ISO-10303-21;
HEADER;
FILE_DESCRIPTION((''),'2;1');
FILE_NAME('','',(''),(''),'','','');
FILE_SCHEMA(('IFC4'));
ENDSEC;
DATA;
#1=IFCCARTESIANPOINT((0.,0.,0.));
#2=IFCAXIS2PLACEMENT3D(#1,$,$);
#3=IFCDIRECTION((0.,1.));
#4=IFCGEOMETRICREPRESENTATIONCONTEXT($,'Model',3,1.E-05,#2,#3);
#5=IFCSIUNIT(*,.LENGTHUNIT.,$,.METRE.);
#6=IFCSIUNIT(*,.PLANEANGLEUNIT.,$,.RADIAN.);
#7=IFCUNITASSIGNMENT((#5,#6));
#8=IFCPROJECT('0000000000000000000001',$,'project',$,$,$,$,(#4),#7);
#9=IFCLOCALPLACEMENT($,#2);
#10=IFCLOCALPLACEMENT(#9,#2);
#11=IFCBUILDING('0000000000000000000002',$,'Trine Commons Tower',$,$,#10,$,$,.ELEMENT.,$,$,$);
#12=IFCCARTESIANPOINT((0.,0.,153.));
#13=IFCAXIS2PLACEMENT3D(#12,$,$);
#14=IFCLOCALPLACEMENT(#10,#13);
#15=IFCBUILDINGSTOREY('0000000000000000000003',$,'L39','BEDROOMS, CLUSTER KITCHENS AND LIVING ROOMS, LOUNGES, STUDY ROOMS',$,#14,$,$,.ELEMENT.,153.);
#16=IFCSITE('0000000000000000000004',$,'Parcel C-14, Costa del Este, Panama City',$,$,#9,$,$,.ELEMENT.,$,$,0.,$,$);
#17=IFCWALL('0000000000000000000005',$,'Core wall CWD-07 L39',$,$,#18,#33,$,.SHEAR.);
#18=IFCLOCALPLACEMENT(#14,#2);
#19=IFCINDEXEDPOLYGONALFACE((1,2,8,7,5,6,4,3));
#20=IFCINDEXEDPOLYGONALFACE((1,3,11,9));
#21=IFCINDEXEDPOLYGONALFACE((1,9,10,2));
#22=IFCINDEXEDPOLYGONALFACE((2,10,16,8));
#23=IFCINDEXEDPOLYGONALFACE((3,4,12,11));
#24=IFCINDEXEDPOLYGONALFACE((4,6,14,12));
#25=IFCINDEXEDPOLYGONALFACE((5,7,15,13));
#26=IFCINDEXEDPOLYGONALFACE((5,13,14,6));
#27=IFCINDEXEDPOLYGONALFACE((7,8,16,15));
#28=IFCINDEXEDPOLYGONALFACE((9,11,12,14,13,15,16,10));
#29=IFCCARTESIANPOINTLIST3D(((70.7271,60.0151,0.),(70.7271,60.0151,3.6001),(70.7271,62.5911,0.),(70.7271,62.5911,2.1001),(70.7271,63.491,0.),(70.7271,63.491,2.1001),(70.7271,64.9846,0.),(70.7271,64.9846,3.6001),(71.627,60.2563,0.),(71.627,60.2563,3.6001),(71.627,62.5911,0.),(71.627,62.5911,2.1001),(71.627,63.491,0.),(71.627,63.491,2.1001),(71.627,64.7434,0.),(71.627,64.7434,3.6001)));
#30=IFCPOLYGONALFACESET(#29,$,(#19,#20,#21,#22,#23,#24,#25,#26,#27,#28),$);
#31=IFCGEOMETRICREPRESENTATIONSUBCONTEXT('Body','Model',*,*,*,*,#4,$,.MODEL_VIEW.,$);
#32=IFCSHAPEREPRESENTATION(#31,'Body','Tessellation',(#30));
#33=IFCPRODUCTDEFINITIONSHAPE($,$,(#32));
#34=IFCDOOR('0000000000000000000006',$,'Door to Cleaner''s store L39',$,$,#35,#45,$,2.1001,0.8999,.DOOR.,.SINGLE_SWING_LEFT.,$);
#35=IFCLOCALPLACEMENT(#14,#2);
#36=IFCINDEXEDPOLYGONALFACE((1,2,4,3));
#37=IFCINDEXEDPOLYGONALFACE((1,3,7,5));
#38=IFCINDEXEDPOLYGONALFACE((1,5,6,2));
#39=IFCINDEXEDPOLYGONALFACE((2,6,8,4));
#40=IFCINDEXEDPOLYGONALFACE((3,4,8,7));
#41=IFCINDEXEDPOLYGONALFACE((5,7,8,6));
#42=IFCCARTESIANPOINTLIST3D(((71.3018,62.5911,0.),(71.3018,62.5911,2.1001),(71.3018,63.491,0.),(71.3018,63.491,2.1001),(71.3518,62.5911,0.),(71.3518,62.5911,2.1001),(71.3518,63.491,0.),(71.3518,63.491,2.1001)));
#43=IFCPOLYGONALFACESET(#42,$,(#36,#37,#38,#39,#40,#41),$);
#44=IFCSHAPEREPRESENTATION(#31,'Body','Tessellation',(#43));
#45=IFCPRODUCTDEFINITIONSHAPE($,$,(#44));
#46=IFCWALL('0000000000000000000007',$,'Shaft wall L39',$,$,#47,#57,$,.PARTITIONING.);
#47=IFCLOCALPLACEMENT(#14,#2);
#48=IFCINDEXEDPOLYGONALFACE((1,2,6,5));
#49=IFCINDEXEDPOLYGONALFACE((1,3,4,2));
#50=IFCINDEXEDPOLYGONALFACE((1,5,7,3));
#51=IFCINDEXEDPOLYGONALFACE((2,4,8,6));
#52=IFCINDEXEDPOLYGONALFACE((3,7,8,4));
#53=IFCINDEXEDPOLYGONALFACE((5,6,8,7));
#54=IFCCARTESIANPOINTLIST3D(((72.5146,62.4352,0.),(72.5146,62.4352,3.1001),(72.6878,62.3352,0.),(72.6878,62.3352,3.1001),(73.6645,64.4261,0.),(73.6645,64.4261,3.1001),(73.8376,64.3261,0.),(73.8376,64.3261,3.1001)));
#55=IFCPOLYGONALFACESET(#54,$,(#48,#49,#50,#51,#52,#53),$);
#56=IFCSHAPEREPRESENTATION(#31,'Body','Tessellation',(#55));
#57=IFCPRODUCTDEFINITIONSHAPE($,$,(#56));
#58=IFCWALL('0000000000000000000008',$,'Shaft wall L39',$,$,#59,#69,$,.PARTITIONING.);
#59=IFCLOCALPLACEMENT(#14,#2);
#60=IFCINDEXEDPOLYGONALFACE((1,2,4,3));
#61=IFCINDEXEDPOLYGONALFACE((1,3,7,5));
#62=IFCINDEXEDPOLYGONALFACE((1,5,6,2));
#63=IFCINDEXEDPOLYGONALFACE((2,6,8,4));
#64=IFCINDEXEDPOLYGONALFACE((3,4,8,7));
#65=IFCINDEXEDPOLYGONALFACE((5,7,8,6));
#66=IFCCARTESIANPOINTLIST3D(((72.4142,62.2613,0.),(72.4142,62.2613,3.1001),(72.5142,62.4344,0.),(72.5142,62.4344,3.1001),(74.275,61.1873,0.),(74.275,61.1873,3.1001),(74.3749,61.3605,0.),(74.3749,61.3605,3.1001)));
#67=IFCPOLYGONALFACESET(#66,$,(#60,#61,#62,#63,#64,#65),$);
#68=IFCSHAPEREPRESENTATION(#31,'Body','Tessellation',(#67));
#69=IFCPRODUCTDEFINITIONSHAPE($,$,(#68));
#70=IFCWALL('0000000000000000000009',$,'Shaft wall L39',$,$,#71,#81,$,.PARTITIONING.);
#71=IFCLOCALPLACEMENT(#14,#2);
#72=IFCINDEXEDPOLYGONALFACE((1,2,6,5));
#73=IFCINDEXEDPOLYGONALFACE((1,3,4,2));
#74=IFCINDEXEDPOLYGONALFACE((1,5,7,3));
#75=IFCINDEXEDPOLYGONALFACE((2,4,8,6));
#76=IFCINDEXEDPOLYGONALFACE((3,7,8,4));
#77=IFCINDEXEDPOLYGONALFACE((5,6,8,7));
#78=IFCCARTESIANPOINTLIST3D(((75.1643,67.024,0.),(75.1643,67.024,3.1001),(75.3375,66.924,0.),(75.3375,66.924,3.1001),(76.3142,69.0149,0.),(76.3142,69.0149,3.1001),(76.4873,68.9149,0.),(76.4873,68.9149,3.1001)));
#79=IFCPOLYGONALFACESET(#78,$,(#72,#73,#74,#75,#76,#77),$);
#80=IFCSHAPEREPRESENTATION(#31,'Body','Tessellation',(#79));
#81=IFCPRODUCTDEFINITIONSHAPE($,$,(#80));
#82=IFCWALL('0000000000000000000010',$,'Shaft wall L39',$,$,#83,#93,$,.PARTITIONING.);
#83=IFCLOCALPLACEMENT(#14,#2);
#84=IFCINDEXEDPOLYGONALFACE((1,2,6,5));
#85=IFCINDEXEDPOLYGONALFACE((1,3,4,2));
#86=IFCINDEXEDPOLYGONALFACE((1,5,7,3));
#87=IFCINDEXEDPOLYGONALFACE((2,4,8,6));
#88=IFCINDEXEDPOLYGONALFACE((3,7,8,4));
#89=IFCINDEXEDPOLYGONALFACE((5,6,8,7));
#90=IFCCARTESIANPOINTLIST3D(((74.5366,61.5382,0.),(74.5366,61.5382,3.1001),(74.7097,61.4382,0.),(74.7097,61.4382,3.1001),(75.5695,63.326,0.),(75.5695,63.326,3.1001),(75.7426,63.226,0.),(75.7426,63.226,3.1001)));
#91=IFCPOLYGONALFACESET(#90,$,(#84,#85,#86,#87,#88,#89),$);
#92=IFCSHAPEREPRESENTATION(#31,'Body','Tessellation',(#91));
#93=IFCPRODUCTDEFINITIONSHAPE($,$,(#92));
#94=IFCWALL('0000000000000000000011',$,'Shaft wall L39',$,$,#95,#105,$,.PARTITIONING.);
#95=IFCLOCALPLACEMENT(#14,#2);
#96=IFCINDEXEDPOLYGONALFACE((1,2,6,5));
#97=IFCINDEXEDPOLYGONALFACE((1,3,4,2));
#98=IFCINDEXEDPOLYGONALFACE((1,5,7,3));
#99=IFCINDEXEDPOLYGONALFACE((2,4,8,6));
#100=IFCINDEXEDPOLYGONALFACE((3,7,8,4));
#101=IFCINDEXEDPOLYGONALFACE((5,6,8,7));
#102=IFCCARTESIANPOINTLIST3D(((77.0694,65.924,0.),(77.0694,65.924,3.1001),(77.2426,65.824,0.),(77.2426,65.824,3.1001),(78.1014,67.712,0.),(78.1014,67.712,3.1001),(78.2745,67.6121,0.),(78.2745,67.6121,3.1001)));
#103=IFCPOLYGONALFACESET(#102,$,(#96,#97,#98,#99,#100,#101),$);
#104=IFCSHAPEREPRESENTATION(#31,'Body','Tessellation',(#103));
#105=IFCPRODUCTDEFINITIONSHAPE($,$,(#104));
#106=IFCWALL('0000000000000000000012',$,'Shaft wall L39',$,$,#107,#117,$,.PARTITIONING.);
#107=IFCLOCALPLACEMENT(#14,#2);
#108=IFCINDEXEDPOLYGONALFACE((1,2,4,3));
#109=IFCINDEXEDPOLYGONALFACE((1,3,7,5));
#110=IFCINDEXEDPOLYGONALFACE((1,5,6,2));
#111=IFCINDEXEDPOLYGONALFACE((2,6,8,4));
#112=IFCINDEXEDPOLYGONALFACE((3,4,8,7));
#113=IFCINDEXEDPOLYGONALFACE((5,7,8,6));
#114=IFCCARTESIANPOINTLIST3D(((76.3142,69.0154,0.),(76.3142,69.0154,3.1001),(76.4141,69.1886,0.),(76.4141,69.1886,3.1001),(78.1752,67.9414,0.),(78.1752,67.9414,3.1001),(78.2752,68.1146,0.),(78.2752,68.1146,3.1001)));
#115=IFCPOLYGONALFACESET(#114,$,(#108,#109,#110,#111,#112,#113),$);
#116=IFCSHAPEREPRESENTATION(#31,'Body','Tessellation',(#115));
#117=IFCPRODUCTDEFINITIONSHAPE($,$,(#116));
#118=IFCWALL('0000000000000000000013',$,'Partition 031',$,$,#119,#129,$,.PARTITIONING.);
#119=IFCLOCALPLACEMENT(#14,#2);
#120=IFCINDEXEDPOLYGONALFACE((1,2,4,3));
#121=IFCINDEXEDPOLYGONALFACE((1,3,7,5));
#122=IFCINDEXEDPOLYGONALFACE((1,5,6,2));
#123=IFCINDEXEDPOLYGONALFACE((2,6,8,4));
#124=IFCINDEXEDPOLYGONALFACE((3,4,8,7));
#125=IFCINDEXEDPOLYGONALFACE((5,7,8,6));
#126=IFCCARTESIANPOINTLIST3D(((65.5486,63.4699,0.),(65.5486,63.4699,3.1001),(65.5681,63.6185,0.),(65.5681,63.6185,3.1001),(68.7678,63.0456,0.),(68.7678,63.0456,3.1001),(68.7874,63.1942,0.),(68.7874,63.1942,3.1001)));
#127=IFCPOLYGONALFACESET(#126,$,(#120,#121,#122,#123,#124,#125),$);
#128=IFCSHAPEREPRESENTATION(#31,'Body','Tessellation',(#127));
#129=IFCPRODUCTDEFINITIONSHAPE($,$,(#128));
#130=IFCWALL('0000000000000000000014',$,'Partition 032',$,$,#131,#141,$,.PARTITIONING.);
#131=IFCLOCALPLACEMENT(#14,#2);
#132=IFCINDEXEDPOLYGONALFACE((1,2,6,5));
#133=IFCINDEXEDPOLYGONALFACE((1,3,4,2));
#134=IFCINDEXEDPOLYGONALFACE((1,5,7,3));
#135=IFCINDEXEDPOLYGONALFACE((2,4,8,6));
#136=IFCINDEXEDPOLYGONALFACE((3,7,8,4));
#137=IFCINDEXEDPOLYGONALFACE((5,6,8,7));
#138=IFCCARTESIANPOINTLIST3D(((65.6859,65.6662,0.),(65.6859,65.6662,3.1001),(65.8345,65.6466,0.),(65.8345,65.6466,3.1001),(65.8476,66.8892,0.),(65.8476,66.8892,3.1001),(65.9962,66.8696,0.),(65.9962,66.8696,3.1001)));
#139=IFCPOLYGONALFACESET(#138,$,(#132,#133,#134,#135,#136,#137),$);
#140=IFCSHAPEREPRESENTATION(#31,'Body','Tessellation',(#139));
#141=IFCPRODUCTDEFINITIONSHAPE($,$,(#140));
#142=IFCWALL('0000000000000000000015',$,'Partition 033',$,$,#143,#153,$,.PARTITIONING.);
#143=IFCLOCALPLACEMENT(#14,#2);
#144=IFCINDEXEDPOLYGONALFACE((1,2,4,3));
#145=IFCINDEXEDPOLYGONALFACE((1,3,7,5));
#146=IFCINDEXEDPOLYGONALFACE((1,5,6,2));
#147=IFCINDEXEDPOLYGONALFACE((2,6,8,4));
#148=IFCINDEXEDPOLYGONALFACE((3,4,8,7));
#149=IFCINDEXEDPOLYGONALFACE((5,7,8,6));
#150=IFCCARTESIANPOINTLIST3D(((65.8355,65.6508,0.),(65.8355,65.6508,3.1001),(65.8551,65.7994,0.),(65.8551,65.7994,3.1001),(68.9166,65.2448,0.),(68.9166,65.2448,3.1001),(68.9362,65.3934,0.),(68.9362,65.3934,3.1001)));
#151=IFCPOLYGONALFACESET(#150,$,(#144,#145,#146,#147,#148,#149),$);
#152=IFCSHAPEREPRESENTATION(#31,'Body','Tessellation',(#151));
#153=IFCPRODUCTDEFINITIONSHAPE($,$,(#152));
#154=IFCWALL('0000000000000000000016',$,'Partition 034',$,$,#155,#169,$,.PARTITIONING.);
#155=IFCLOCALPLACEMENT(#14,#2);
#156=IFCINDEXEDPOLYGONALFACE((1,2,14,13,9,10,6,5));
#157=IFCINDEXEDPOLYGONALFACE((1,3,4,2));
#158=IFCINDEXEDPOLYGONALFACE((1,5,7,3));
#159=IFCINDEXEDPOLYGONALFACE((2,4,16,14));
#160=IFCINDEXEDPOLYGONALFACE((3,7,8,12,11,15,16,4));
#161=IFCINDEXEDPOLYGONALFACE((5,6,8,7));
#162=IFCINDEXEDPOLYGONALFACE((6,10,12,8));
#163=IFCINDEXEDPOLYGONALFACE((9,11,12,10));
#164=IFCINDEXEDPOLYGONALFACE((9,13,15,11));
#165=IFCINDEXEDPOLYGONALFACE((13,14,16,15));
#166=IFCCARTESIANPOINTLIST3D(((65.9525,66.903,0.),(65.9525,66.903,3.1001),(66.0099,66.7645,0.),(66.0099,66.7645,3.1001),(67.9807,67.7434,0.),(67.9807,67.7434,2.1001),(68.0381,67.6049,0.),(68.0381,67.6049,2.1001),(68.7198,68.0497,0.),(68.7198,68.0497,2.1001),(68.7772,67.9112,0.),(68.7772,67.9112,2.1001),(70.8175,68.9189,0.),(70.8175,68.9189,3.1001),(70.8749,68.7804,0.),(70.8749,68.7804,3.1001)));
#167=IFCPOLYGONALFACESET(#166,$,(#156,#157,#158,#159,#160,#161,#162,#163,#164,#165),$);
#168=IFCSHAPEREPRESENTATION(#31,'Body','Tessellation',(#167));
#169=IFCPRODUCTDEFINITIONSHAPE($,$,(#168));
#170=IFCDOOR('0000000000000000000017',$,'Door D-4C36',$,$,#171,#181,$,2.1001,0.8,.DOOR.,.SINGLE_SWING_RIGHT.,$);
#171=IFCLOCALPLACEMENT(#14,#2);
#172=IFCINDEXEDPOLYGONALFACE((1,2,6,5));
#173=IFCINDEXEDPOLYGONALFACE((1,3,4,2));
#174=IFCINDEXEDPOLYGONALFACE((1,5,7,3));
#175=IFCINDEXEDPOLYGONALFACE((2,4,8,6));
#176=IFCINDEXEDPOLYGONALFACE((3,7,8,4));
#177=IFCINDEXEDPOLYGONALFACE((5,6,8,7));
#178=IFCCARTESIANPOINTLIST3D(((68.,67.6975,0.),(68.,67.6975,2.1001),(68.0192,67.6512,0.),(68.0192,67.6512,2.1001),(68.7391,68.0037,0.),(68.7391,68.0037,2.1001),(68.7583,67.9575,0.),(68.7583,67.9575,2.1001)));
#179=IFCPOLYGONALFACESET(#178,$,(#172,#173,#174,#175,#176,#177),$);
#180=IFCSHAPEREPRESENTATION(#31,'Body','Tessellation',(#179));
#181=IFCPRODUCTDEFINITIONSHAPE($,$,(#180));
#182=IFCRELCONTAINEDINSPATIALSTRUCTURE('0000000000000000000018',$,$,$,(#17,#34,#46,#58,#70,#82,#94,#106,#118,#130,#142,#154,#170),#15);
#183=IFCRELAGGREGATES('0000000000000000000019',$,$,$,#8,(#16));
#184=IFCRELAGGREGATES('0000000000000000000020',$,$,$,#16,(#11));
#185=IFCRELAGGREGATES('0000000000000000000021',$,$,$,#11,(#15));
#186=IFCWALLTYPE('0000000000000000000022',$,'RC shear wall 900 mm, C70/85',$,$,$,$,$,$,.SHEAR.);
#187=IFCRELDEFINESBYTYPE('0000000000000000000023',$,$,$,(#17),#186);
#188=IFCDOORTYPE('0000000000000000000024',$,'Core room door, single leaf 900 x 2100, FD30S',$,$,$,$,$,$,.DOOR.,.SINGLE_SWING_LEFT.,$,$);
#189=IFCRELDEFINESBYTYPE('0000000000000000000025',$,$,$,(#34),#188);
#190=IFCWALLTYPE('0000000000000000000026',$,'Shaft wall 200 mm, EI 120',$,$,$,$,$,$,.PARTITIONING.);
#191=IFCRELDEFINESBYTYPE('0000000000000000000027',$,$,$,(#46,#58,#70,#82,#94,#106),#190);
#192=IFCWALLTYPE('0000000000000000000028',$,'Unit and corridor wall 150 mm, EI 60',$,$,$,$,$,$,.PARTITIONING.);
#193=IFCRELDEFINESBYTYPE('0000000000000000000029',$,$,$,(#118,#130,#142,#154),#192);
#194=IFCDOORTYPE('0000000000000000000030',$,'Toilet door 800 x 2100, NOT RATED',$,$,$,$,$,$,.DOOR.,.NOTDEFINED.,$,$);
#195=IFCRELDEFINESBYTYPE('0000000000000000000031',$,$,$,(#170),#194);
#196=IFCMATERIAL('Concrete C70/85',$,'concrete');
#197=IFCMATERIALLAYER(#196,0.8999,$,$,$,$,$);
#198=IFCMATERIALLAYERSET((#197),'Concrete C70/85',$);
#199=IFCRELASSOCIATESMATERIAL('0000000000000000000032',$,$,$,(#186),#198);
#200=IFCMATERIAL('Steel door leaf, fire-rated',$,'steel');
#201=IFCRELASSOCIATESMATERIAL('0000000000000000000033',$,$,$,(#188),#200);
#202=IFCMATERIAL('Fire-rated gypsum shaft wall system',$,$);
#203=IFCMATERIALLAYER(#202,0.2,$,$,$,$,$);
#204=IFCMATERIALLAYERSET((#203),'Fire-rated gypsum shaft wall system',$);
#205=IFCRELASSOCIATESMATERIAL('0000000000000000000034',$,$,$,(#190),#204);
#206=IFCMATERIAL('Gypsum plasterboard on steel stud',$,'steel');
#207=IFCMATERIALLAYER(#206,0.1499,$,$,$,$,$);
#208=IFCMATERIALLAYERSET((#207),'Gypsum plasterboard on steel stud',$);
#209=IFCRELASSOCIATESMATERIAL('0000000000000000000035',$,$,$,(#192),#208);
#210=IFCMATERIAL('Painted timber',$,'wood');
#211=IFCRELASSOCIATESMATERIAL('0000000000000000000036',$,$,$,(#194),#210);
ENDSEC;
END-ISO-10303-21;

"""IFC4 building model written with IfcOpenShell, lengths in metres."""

from ifc_helpers import new_model, si_unit, direction, frame, frame_2d, origin, place, context, subcontext, project, spatial, polyline, rectangle, outline, extrude, material, layer, layer_set, type_object, element, fill, save


model = new_model("IFC4")

# Units and contexts
model_context = context("Model", 3, precision=1e-05, world=origin(), true_north=direction((0.0, 1.0)))
body_context = subcontext(model_context, "Body", "Model", "MODEL_VIEW")
ifc_project = project(units=[si_unit("LENGTHUNIT", "METRE"), si_unit("PLANEANGLEUNIT", "RADIAN")], contexts=[model_context])

# Site, building, storey
site_placement = place(None, origin())
site = spatial("IfcSite", under=ifc_project, at=site_placement, Name="Parcel C-14, Costa del Este, Panama City", CompositionType="ELEMENT", RefElevation=0.0)
building_placement = place(site_placement, origin())
building = spatial("IfcBuilding", under=site, at=building_placement, Name="Trine Commons Tower", CompositionType="ELEMENT")
storey_placement = place(building_placement, frame((0.0, 0.0, 153.0)))
storey = spatial("IfcBuildingStorey", under=building, at=storey_placement, Name="L39", Description="BEDROOMS, CLUSTER KITCHENS AND LIVING ROOMS, LOUNGES, STUDY ROOMS", CompositionType="ELEMENT", Elevation=153.0)

# Shared definitions
ifc_material_1 = material(Name="Fire-rated gypsum shaft wall system")
ifc_material_2 = material(Name="Steel door leaf, fire-rated", Category="steel")
ifc_material_3 = material(Name="Concrete C70/85", Category="concrete")

# Wall, opening, door
ifc_layer_1 = layer(ifc_material_3, 0.8999)
ifc_layer_set_1 = layer_set([ifc_layer_1], Name="Concrete C70/85")
wall_type_1 = type_object("IfcWallType", Name="RC shear wall 900 mm, C70/85", PredefinedType="SHEAR", material=ifc_layer_set_1)
wall_1_placement = place(storey_placement, frame((71.177, 64.9846, 0.0), z_axis=(0.0, 0.0, 1.0), x_axis=(0.0, -1.0, 0.0)))
wall_1 = element("IfcWall", 1, at=wall_1_placement, inside=storey, type_object=wall_type_1, Name="Core wall CWD-07 L39", PredefinedType="SHEAR", context=body_context, shape_type="SweptSolid", body=[
    extrude(outline(polyline([(0.0, -0.45), (4.9695, -0.45), (4.7283, 0.45), (0.2412, 0.45), (0.0, -0.45)])), origin(), (0.0, 0.0, 1.0), 3.6001),
])
opening_1_placement = place(wall_1_placement, frame((1.4937, 0.0, 0.0)))
opening_1 = element("IfcOpeningElement", 2, at=opening_1_placement, cuts=wall_1, PredefinedType="OPENING", context=body_context, shape_type="SweptSolid", body=[
    extrude(rectangle(XDim=0.8999, YDim=2.1001, at=frame_2d((0.45, 1.05))), frame((0.0, 0.46, 0.0), z_axis=(0.0, -1.0, 0.0), x_axis=(1.0, 0.0, 0.0)), (0.0, 0.0, 1.0), 0.9199),
])
door_type_1 = type_object("IfcDoorType", Name="Core room door, single leaf 900 x 2100, FD30S", OperationType="SINGLE_SWING_LEFT", PredefinedType="DOOR", material=ifc_material_2)
door_1_placement = place(opening_1_placement, origin())
door_1 = element("IfcDoor", 3, at=door_1_placement, inside=storey, type_object=door_type_1, Name="Door to Cleaner's store L39", OperationType="SINGLE_SWING_LEFT", OverallHeight=2.1001, OverallWidth=0.8999, PredefinedType="DOOR", context=body_context, shape_type="SweptSolid", body=[
    extrude(rectangle(XDim=0.8999, YDim=2.1001, at=frame_2d((0.45, 1.05))), frame((0.0, 0.1748, 0.0), z_axis=(0.0, -1.0, 0.0), x_axis=(1.0, 0.0, 0.0)), (0.0, 0.0, 1.0), 0.05),
])
fill(opening_1, door_1)

# Walls
ifc_layer_2 = layer(ifc_material_1, 0.2)
ifc_layer_set_2 = layer_set([ifc_layer_2], Name="Fire-rated gypsum shaft wall system")
wall_type_2 = type_object("IfcWallType", Name="Shaft wall 200 mm, EI 120", PredefinedType="PARTITIONING", material=ifc_layer_set_2)
wall_2_placement = place(storey_placement, frame((73.751, 64.376, 0.0), z_axis=(0.0, 0.0, 1.0), x_axis=(-0.500136, -0.865947, 0.0)))
element("IfcWall", 4, at=wall_2_placement, inside=storey, type_object=wall_type_2, Name="Shaft wall L39", PredefinedType="PARTITIONING", context=body_context, shape_type="SweptSolid", body=[
    extrude(rectangle(XDim=2.2991, YDim=0.2, at=frame_2d((1.1494, 0.0))), origin(), (0.0, 0.0, 1.0), 3.1001),
])
wall_3_placement = place(storey_placement, frame((74.325, 61.2739, 0.0), z_axis=(0.0, 0.0, 1.0), x_axis=(-0.866102, 0.499867, 0.0)))
element("IfcWall", 5, at=wall_3_placement, inside=storey, type_object=wall_type_2, Name="Shaft wall L39", PredefinedType="PARTITIONING", context=body_context, shape_type="SweptSolid", body=[
    extrude(rectangle(XDim=2.1484, YDim=0.2, at=frame_2d((1.0742, 0.0))), origin(), (0.0, 0.0, 1.0), 3.1001),
])
wall_4_placement = place(storey_placement, frame((75.251, 66.9741, 0.0), z_axis=(0.0, 0.0, 1.0), x_axis=(0.500136, 0.865947, 0.0)))
element("IfcWall", 6, at=wall_4_placement, inside=storey, type_object=wall_type_2, Name="Shaft wall L39", PredefinedType="PARTITIONING", context=body_context, shape_type="SweptSolid", body=[
    extrude(rectangle(XDim=2.2991, YDim=0.2, at=frame_2d((1.1494, 0.0))), origin(), (0.0, 0.0, 1.0), 3.1001),
])
wall_5_placement = place(storey_placement, frame((75.656, 63.2759, 0.0), z_axis=(0.0, 0.0, 1.0), x_axis=(-0.500272, -0.865868, 0.0)))
element("IfcWall", 7, at=wall_5_placement, inside=storey, type_object=wall_type_2, Name="Shaft wall L39", PredefinedType="PARTITIONING", context=body_context, shape_type="SweptSolid", body=[
    extrude(rectangle(XDim=2.0647, YDim=0.2, at=frame_2d((1.0322, 0.0))), origin(), (0.0, 0.0, 1.0), 3.1001),
])
wall_6_placement = place(storey_placement, frame((77.156, 65.874, 0.0), z_axis=(0.0, 0.0, 1.0), x_axis=(0.499866, 0.866103, 0.0)))
element("IfcWall", 8, at=wall_6_placement, inside=storey, type_object=wall_type_2, Name="Shaft wall L39", PredefinedType="PARTITIONING", context=body_context, shape_type="SweptSolid", body=[
    extrude(rectangle(XDim=2.0645, YDim=0.2, at=frame_2d((1.0322, 0.0))), origin(), (0.0, 0.0, 1.0), 3.1001),
])
wall_7_placement = place(storey_placement, frame((78.2251, 68.0281, 0.0), z_axis=(0.0, 0.0, 1.0), x_axis=(-0.866131, 0.499818, 0.0)))
element("IfcWall", 9, at=wall_7_placement, inside=storey, type_object=wall_type_2, Name="Shaft wall L39", PredefinedType="PARTITIONING", context=body_context, shape_type="SweptSolid", body=[
    extrude(rectangle(XDim=2.1487, YDim=0.2, at=frame_2d((1.0742, 0.0))), origin(), (0.0, 0.0, 1.0), 3.1001),
])
ifc_material_4 = material(Name="Gypsum plasterboard on steel stud", Category="steel")
ifc_layer_3 = layer(ifc_material_4, 0.1499)
ifc_layer_set_3 = layer_set([ifc_layer_3], Name="Gypsum plasterboard on steel stud")
wall_type_3 = type_object("IfcWallType", Name="Unit and corridor wall 150 mm, EI 60", PredefinedType="PARTITIONING", material=ifc_layer_set_3)
wall_8_placement = place(storey_placement, frame((65.5583, 63.5442, 0.0), z_axis=(0.0, 0.0, 1.0), x_axis=(0.991425, -0.130676, 0.0)))
element("IfcWall", 10, at=wall_8_placement, inside=storey, type_object=wall_type_3, Name="Partition 031", PredefinedType="PARTITIONING", context=body_context, shape_type="SweptSolid", body=[
    extrude(rectangle(XDim=3.2471, YDim=0.1499, at=frame_2d((1.6235, 0.0))), origin(), (0.0, 0.0, 1.0), 3.1001),
])
wall_9_placement = place(storey_placement, frame((65.7603, 65.6565, 0.0), z_axis=(0.0, 0.0, 1.0), x_axis=(0.131023, 0.991379, 0.0)))
element("IfcWall", 11, at=wall_9_placement, inside=storey, type_object=wall_type_3, Name="Partition 032", PredefinedType="PARTITIONING", context=body_context, shape_type="SweptSolid", body=[
    extrude(rectangle(XDim=1.2336, YDim=0.1499, at=frame_2d((0.6167, 0.0))), origin(), (0.0, 0.0, 1.0), 3.1001),
])
wall_10_placement = place(storey_placement, frame((65.8455, 65.7251, 0.0), z_axis=(0.0, 0.0, 1.0), x_axis=(0.991429, -0.130646, 0.0)))
element("IfcWall", 12, at=wall_10_placement, inside=storey, type_object=wall_type_3, Name="Partition 033", PredefinedType="PARTITIONING", context=body_context, shape_type="SweptSolid", body=[
    extrude(rectangle(XDim=3.1077, YDim=0.1499, at=frame_2d((1.5537, 0.0))), origin(), (0.0, 0.0, 1.0), 3.1001),
])

# Wall, opening, door
wall_11_placement = place(storey_placement, frame((65.9812, 66.8337, 0.0), z_axis=(0.0, 0.0, 1.0), x_axis=(0.923831, 0.382801, 0.0)))
wall_11 = element("IfcWall", 13, at=wall_11_placement, inside=storey, type_object=wall_type_3, Name="Partition 034", PredefinedType="PARTITIONING", context=body_context, shape_type="SweptSolid", body=[
    extrude(rectangle(XDim=5.2661, YDim=0.1499, at=frame_2d((2.6331, 0.0))), origin(), (0.0, 0.0, 1.0), 3.1001),
])
opening_2_placement = place(wall_11_placement, frame((2.1956, 0.0, 0.0)))
opening_2 = element("IfcOpeningElement", 14, at=opening_2_placement, cuts=wall_11, PredefinedType="OPENING", context=body_context, shape_type="SweptSolid", body=[
    extrude(rectangle(XDim=0.8, YDim=2.1001, at=frame_2d((0.3999, 1.05))), frame((0.0, 0.085, 0.0), z_axis=(0.0, -1.0, 0.0), x_axis=(1.0, 0.0, 0.0)), (0.0, 0.0, 1.0), 0.1699),
])
ifc_material_5 = material(Name="Painted timber", Category="wood")
door_type_2 = type_object("IfcDoorType", Name="Toilet door 800 x 2100, NOT RATED", OperationType="NOTDEFINED", PredefinedType="DOOR", material=ifc_material_5)
door_2_placement = place(opening_2_placement, frame((0.8, 0.0, 0.0), z_axis=(0.0, 0.0, 1.0), x_axis=(-1.0, 0.0, 0.0)))
door_2 = element("IfcDoor", 15, at=door_2_placement, inside=storey, type_object=door_type_2, Name="Door D-4C36", OperationType="SINGLE_SWING_RIGHT", OverallHeight=2.1001, OverallWidth=0.8, PredefinedType="DOOR", context=body_context, shape_type="SweptSolid", body=[
    extrude(rectangle(XDim=0.8, YDim=2.1001, at=frame_2d((0.3999, 1.05))), frame((0.0, 0.0249, 0.0), z_axis=(0.0, -1.0, 0.0), x_axis=(1.0, 0.0, 0.0)), (0.0, 0.0, 1.0), 0.05),
])
fill(opening_2, door_2)

save(model, "model.ifc")
